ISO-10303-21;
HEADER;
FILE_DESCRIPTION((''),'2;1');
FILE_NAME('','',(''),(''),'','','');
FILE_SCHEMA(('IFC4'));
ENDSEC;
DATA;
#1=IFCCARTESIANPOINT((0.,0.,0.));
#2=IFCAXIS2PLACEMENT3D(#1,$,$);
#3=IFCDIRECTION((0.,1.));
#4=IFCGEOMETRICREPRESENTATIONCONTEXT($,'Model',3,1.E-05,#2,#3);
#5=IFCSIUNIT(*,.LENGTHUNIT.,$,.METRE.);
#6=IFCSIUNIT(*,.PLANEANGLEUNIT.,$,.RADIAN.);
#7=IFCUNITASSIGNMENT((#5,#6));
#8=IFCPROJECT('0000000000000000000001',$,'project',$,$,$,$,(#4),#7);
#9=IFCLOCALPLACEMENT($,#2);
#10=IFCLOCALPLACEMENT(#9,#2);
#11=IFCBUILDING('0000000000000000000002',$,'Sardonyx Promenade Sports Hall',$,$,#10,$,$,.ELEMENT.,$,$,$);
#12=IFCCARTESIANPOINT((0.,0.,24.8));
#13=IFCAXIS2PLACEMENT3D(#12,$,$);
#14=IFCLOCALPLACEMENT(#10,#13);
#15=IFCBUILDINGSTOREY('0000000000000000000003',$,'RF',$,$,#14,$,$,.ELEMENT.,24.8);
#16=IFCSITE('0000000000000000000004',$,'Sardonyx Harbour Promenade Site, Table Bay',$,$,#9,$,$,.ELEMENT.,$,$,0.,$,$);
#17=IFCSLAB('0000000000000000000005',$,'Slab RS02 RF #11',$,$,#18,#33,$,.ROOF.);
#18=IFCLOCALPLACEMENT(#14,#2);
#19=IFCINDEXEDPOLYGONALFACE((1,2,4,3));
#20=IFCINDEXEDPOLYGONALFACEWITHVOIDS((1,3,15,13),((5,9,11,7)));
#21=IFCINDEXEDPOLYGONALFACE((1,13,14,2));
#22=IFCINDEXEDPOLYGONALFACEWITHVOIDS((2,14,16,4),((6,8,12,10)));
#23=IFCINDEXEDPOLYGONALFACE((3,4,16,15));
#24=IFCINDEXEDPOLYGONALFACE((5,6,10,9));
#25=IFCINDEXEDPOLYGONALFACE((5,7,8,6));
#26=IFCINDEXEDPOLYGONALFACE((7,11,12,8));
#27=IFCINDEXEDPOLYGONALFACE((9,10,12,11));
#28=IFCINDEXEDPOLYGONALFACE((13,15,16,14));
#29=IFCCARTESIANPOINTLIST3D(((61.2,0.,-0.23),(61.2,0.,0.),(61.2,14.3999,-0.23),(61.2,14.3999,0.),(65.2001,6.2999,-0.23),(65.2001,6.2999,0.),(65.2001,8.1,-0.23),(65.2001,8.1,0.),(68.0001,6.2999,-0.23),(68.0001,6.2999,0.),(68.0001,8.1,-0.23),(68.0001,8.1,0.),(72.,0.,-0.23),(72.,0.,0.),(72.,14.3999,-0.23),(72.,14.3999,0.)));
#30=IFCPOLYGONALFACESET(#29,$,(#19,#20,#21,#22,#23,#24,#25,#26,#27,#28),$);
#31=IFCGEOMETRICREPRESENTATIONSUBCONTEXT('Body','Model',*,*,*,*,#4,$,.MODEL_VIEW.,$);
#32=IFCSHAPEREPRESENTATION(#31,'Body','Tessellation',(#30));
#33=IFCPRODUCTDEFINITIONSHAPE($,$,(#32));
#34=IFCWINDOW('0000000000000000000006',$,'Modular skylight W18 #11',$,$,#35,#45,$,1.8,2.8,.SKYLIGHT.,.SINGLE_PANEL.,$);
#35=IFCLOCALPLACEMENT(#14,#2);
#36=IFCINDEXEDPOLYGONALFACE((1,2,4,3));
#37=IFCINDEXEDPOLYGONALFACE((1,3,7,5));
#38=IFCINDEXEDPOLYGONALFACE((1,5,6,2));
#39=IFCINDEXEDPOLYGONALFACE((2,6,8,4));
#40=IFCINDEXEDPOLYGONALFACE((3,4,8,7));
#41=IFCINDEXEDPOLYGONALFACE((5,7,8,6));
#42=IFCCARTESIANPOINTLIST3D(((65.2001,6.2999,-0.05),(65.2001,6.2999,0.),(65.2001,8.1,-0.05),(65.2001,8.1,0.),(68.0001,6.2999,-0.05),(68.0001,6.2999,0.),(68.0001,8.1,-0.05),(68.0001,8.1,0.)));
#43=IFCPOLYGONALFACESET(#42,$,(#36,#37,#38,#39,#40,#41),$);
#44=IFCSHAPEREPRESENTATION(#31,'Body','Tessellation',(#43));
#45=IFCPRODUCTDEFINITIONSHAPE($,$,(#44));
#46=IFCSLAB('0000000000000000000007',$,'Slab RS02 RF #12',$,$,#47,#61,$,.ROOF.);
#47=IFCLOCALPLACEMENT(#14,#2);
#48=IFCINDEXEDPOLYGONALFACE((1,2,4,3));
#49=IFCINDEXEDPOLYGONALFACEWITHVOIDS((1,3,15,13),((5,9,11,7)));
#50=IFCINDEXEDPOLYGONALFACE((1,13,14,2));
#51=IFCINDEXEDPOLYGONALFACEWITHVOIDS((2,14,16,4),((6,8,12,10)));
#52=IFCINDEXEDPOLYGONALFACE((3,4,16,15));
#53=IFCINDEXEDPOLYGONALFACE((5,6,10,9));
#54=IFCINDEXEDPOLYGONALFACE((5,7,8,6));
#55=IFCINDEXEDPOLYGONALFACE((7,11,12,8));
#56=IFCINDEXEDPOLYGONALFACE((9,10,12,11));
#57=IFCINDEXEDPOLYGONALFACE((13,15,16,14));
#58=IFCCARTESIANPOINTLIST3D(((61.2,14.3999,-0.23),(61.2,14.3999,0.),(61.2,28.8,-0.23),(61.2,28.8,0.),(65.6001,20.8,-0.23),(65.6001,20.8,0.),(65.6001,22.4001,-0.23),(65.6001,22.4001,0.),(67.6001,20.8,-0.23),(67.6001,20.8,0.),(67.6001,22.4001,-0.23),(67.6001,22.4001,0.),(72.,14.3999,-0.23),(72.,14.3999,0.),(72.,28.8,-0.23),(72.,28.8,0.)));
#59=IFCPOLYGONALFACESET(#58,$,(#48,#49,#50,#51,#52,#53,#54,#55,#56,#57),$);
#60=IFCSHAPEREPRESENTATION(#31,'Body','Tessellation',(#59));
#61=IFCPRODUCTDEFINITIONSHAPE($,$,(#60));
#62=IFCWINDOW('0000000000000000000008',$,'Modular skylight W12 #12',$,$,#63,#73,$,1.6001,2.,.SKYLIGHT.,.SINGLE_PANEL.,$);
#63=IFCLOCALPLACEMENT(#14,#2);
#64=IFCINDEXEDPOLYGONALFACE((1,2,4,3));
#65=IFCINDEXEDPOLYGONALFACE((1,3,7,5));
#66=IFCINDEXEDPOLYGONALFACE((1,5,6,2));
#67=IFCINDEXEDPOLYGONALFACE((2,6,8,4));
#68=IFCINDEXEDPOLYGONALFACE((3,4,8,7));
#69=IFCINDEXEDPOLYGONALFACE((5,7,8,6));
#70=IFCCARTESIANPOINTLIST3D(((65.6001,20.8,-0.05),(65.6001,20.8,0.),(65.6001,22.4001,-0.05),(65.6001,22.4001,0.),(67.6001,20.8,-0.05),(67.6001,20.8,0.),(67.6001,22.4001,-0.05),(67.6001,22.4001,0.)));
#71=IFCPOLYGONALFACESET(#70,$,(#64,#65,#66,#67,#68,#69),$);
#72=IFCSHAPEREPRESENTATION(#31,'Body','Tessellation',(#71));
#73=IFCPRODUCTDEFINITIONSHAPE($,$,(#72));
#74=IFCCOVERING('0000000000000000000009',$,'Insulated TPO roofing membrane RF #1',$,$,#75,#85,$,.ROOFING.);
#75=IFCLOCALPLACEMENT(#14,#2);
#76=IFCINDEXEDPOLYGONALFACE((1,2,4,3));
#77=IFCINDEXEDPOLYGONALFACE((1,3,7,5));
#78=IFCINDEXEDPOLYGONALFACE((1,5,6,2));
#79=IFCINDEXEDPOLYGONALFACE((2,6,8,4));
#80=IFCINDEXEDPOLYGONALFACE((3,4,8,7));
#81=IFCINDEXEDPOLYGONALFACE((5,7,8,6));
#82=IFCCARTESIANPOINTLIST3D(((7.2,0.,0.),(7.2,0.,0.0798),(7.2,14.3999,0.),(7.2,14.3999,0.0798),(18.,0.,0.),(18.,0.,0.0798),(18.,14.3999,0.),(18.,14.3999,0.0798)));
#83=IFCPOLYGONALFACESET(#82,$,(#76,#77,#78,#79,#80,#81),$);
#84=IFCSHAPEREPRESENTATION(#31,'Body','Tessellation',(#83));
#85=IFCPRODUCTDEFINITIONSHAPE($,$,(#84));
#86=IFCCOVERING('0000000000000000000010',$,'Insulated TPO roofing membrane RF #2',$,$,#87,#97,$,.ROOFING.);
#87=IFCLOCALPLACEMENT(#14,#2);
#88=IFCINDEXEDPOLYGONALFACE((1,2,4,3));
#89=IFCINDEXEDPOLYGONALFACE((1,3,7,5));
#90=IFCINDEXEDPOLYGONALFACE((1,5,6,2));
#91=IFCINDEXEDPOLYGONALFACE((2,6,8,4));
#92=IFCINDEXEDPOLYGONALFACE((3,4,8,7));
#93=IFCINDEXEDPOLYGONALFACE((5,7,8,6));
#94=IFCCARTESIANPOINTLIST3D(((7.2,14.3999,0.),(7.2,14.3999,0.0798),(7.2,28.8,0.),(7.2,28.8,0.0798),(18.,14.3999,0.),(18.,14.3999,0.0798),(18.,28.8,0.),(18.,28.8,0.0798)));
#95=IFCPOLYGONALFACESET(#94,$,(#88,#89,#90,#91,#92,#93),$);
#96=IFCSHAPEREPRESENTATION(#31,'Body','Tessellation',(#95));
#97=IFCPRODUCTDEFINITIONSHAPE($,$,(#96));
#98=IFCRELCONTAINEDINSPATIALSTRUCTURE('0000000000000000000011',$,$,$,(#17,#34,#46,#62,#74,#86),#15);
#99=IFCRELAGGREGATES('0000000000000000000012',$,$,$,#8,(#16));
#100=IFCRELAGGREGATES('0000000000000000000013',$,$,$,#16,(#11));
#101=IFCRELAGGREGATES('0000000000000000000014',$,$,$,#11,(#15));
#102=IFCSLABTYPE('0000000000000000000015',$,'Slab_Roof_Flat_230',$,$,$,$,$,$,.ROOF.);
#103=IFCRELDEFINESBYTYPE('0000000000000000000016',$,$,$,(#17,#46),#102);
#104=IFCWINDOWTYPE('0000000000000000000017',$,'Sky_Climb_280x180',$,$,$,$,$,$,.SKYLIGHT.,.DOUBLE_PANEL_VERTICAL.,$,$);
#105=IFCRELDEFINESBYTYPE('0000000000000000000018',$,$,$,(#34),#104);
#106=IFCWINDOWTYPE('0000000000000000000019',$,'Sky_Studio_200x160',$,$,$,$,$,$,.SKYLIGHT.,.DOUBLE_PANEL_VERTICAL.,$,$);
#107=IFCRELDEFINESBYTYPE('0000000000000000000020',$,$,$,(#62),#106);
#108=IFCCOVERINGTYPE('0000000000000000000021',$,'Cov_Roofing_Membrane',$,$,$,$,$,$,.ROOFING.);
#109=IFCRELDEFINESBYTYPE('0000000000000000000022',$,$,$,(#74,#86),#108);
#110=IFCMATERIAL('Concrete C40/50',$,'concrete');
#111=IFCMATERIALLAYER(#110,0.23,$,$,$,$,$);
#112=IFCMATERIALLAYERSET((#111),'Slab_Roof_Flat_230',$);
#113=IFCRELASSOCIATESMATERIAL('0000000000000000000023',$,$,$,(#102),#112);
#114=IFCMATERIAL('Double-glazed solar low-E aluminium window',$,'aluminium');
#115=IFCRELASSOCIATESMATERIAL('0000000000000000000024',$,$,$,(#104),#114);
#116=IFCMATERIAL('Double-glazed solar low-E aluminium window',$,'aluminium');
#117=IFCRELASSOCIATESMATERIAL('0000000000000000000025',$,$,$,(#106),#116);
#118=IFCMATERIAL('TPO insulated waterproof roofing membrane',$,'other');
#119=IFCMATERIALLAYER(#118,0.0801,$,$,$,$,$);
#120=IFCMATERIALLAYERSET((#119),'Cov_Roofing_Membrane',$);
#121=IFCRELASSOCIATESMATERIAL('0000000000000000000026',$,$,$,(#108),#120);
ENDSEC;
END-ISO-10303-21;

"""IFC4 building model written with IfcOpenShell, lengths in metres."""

from ifc_helpers import new_model, si_unit, direction, frame, origin, origin_2d, place, context, subcontext, project, spatial, polyline, rectangle, outline, extrude, material, layer, layer_set, type_object, element, fill, save


model = new_model("IFC4")

# Units and contexts
model_context = context("Model", 3, precision=1e-05, world=origin(), true_north=direction((0.0, 1.0)))
body_context = subcontext(model_context, "Body", "Model", "MODEL_VIEW")
ifc_project = project(units=[si_unit("LENGTHUNIT", "METRE"), si_unit("PLANEANGLEUNIT", "RADIAN")], contexts=[model_context])

# Site, building, storey
site_placement = place(None, origin())
site = spatial("IfcSite", under=ifc_project, at=site_placement, Name="Sardonyx Harbour Promenade Site, Table Bay", CompositionType="ELEMENT", RefElevation=0.0)
building_placement = place(site_placement, origin())
building = spatial("IfcBuilding", under=site, at=building_placement, Name="Sardonyx Promenade Sports Hall", CompositionType="ELEMENT")
storey_placement = place(building_placement, frame((0.0, 0.0, 24.8)))
storey = spatial("IfcBuildingStorey", under=building, at=storey_placement, Name="RF", CompositionType="ELEMENT", Elevation=24.8)

# Slabs, openings, windows
ifc_material_1 = material(Name="Concrete C40/50", Category="concrete")
ifc_layer_1 = layer(ifc_material_1, 0.23)
ifc_layer_set_1 = layer_set([ifc_layer_1], Name="Slab_Roof_Flat_230")
slab_type = type_object("IfcSlabType", Name="Slab_Roof_Flat_230", PredefinedType="ROOF", material=ifc_layer_set_1)
ifc_material_2 = material(Name="Double-glazed solar low-E aluminium window", Category="aluminium")
window_type_1 = type_object("IfcWindowType", Name="Sky_Climb_280x180", PartitioningType="DOUBLE_PANEL_VERTICAL", PredefinedType="SKYLIGHT", material=ifc_material_2)
ifc_material_3 = material(Name="Double-glazed solar low-E aluminium window", Category="aluminium")
window_type_2 = type_object("IfcWindowType", Name="Sky_Studio_200x160", PartitioningType="DOUBLE_PANEL_VERTICAL", PredefinedType="SKYLIGHT", material=ifc_material_3)
slab_1_placement = place(storey_placement, frame((0.0, 0.0, -0.23)))
slab_1 = element("IfcSlab", 1, at=slab_1_placement, inside=storey, type_object=slab_type, Name="Slab RS02 RF #11", PredefinedType="ROOF", context=body_context, shape_type="SweptSolid", body=[
    extrude(outline(polyline([(61.2, 0.0), (72.0, 0.0), (72.0, 14.3999), (61.2, 14.3999), (61.2, 0.0)])), origin(), (0.0, 0.0, 1.0), 0.23),
])
opening_1_placement = place(slab_1_placement, frame((66.6001, 7.2, 0.0)))
opening_1 = element("IfcOpeningElement", 2, at=opening_1_placement, cuts=slab_1, PredefinedType="OPENING", context=body_context, shape_type="SweptSolid", body=[
    extrude(rectangle(XDim=2.8, YDim=1.8, at=origin_2d()), origin(), (0.0, 0.0, 1.0), 0.23),
])
window_1_placement = place(opening_1_placement, frame((0.0, 0.0, 0.1799)))
window_1 = element("IfcWindow", 3, at=window_1_placement, inside=storey, type_object=window_type_1, Name="Modular skylight W18 #11", OverallHeight=1.8, OverallWidth=2.8, PartitioningType="SINGLE_PANEL", PredefinedType="SKYLIGHT", context=body_context, shape_type="SweptSolid", body=[
    extrude(rectangle(XDim=2.8, YDim=1.8, at=origin_2d()), origin(), (0.0, 0.0, 1.0), 0.05),
])
fill(opening_1, window_1)
slab_2_placement = place(storey_placement, frame((0.0, 0.0, -0.23)))
slab_2 = element("IfcSlab", 4, at=slab_2_placement, inside=storey, type_object=slab_type, Name="Slab RS02 RF #12", PredefinedType="ROOF", context=body_context, shape_type="SweptSolid", body=[
    extrude(outline(polyline([(61.2, 14.3999), (72.0, 14.3999), (72.0, 28.8), (61.2, 28.8), (61.2, 14.3999)])), origin(), (0.0, 0.0, 1.0), 0.23),
])
opening_2_placement = place(slab_2_placement, frame((66.6001, 21.6001, 0.0)))
opening_2 = element("IfcOpeningElement", 5, at=opening_2_placement, cuts=slab_2, PredefinedType="OPENING", context=body_context, shape_type="SweptSolid", body=[
    extrude(rectangle(XDim=2.0, YDim=1.6001, at=origin_2d()), origin(), (0.0, 0.0, 1.0), 0.23),
])
window_2_placement = place(opening_2_placement, frame((0.0, 0.0, 0.1799)))
window_2 = element("IfcWindow", 6, at=window_2_placement, inside=storey, type_object=window_type_2, Name="Modular skylight W12 #12", OverallHeight=1.6001, OverallWidth=2.0, PartitioningType="SINGLE_PANEL", PredefinedType="SKYLIGHT", context=body_context, shape_type="SweptSolid", body=[
    extrude(rectangle(XDim=2.0, YDim=1.6001, at=origin_2d()), origin(), (0.0, 0.0, 1.0), 0.05),
])
fill(opening_2, window_2)

# Coverings
ifc_material_4 = material(Name="TPO insulated waterproof roofing membrane", Category="other")
ifc_layer_2 = layer(ifc_material_4, 0.0801)
ifc_layer_set_2 = layer_set([ifc_layer_2], Name="Cov_Roofing_Membrane")
covering_type = type_object("IfcCoveringType", Name="Cov_Roofing_Membrane", PredefinedType="ROOFING", material=ifc_layer_set_2)
covering_1_placement = place(storey_placement, origin())
element("IfcCovering", 7, at=covering_1_placement, inside=storey, type_object=covering_type, Name="Insulated TPO roofing membrane RF #1", PredefinedType="ROOFING", context=body_context, shape_type="SweptSolid", body=[
    extrude(outline(polyline([(7.2, 0.0), (18.0, 0.0), (18.0, 14.3999), (7.2, 14.3999), (7.2, 0.0)])), origin(), (0.0, 0.0, 1.0), 0.0798),
])
covering_2_placement = place(storey_placement, origin())
element("IfcCovering", 8, at=covering_2_placement, inside=storey, type_object=covering_type, Name="Insulated TPO roofing membrane RF #2", PredefinedType="ROOFING", context=body_context, shape_type="SweptSolid", body=[
    extrude(outline(polyline([(7.2, 14.3999), (18.0, 14.3999), (18.0, 28.8), (7.2, 28.8), (7.2, 14.3999)])), origin(), (0.0, 0.0, 1.0), 0.0798),
])

save(model, "model.ifc")
